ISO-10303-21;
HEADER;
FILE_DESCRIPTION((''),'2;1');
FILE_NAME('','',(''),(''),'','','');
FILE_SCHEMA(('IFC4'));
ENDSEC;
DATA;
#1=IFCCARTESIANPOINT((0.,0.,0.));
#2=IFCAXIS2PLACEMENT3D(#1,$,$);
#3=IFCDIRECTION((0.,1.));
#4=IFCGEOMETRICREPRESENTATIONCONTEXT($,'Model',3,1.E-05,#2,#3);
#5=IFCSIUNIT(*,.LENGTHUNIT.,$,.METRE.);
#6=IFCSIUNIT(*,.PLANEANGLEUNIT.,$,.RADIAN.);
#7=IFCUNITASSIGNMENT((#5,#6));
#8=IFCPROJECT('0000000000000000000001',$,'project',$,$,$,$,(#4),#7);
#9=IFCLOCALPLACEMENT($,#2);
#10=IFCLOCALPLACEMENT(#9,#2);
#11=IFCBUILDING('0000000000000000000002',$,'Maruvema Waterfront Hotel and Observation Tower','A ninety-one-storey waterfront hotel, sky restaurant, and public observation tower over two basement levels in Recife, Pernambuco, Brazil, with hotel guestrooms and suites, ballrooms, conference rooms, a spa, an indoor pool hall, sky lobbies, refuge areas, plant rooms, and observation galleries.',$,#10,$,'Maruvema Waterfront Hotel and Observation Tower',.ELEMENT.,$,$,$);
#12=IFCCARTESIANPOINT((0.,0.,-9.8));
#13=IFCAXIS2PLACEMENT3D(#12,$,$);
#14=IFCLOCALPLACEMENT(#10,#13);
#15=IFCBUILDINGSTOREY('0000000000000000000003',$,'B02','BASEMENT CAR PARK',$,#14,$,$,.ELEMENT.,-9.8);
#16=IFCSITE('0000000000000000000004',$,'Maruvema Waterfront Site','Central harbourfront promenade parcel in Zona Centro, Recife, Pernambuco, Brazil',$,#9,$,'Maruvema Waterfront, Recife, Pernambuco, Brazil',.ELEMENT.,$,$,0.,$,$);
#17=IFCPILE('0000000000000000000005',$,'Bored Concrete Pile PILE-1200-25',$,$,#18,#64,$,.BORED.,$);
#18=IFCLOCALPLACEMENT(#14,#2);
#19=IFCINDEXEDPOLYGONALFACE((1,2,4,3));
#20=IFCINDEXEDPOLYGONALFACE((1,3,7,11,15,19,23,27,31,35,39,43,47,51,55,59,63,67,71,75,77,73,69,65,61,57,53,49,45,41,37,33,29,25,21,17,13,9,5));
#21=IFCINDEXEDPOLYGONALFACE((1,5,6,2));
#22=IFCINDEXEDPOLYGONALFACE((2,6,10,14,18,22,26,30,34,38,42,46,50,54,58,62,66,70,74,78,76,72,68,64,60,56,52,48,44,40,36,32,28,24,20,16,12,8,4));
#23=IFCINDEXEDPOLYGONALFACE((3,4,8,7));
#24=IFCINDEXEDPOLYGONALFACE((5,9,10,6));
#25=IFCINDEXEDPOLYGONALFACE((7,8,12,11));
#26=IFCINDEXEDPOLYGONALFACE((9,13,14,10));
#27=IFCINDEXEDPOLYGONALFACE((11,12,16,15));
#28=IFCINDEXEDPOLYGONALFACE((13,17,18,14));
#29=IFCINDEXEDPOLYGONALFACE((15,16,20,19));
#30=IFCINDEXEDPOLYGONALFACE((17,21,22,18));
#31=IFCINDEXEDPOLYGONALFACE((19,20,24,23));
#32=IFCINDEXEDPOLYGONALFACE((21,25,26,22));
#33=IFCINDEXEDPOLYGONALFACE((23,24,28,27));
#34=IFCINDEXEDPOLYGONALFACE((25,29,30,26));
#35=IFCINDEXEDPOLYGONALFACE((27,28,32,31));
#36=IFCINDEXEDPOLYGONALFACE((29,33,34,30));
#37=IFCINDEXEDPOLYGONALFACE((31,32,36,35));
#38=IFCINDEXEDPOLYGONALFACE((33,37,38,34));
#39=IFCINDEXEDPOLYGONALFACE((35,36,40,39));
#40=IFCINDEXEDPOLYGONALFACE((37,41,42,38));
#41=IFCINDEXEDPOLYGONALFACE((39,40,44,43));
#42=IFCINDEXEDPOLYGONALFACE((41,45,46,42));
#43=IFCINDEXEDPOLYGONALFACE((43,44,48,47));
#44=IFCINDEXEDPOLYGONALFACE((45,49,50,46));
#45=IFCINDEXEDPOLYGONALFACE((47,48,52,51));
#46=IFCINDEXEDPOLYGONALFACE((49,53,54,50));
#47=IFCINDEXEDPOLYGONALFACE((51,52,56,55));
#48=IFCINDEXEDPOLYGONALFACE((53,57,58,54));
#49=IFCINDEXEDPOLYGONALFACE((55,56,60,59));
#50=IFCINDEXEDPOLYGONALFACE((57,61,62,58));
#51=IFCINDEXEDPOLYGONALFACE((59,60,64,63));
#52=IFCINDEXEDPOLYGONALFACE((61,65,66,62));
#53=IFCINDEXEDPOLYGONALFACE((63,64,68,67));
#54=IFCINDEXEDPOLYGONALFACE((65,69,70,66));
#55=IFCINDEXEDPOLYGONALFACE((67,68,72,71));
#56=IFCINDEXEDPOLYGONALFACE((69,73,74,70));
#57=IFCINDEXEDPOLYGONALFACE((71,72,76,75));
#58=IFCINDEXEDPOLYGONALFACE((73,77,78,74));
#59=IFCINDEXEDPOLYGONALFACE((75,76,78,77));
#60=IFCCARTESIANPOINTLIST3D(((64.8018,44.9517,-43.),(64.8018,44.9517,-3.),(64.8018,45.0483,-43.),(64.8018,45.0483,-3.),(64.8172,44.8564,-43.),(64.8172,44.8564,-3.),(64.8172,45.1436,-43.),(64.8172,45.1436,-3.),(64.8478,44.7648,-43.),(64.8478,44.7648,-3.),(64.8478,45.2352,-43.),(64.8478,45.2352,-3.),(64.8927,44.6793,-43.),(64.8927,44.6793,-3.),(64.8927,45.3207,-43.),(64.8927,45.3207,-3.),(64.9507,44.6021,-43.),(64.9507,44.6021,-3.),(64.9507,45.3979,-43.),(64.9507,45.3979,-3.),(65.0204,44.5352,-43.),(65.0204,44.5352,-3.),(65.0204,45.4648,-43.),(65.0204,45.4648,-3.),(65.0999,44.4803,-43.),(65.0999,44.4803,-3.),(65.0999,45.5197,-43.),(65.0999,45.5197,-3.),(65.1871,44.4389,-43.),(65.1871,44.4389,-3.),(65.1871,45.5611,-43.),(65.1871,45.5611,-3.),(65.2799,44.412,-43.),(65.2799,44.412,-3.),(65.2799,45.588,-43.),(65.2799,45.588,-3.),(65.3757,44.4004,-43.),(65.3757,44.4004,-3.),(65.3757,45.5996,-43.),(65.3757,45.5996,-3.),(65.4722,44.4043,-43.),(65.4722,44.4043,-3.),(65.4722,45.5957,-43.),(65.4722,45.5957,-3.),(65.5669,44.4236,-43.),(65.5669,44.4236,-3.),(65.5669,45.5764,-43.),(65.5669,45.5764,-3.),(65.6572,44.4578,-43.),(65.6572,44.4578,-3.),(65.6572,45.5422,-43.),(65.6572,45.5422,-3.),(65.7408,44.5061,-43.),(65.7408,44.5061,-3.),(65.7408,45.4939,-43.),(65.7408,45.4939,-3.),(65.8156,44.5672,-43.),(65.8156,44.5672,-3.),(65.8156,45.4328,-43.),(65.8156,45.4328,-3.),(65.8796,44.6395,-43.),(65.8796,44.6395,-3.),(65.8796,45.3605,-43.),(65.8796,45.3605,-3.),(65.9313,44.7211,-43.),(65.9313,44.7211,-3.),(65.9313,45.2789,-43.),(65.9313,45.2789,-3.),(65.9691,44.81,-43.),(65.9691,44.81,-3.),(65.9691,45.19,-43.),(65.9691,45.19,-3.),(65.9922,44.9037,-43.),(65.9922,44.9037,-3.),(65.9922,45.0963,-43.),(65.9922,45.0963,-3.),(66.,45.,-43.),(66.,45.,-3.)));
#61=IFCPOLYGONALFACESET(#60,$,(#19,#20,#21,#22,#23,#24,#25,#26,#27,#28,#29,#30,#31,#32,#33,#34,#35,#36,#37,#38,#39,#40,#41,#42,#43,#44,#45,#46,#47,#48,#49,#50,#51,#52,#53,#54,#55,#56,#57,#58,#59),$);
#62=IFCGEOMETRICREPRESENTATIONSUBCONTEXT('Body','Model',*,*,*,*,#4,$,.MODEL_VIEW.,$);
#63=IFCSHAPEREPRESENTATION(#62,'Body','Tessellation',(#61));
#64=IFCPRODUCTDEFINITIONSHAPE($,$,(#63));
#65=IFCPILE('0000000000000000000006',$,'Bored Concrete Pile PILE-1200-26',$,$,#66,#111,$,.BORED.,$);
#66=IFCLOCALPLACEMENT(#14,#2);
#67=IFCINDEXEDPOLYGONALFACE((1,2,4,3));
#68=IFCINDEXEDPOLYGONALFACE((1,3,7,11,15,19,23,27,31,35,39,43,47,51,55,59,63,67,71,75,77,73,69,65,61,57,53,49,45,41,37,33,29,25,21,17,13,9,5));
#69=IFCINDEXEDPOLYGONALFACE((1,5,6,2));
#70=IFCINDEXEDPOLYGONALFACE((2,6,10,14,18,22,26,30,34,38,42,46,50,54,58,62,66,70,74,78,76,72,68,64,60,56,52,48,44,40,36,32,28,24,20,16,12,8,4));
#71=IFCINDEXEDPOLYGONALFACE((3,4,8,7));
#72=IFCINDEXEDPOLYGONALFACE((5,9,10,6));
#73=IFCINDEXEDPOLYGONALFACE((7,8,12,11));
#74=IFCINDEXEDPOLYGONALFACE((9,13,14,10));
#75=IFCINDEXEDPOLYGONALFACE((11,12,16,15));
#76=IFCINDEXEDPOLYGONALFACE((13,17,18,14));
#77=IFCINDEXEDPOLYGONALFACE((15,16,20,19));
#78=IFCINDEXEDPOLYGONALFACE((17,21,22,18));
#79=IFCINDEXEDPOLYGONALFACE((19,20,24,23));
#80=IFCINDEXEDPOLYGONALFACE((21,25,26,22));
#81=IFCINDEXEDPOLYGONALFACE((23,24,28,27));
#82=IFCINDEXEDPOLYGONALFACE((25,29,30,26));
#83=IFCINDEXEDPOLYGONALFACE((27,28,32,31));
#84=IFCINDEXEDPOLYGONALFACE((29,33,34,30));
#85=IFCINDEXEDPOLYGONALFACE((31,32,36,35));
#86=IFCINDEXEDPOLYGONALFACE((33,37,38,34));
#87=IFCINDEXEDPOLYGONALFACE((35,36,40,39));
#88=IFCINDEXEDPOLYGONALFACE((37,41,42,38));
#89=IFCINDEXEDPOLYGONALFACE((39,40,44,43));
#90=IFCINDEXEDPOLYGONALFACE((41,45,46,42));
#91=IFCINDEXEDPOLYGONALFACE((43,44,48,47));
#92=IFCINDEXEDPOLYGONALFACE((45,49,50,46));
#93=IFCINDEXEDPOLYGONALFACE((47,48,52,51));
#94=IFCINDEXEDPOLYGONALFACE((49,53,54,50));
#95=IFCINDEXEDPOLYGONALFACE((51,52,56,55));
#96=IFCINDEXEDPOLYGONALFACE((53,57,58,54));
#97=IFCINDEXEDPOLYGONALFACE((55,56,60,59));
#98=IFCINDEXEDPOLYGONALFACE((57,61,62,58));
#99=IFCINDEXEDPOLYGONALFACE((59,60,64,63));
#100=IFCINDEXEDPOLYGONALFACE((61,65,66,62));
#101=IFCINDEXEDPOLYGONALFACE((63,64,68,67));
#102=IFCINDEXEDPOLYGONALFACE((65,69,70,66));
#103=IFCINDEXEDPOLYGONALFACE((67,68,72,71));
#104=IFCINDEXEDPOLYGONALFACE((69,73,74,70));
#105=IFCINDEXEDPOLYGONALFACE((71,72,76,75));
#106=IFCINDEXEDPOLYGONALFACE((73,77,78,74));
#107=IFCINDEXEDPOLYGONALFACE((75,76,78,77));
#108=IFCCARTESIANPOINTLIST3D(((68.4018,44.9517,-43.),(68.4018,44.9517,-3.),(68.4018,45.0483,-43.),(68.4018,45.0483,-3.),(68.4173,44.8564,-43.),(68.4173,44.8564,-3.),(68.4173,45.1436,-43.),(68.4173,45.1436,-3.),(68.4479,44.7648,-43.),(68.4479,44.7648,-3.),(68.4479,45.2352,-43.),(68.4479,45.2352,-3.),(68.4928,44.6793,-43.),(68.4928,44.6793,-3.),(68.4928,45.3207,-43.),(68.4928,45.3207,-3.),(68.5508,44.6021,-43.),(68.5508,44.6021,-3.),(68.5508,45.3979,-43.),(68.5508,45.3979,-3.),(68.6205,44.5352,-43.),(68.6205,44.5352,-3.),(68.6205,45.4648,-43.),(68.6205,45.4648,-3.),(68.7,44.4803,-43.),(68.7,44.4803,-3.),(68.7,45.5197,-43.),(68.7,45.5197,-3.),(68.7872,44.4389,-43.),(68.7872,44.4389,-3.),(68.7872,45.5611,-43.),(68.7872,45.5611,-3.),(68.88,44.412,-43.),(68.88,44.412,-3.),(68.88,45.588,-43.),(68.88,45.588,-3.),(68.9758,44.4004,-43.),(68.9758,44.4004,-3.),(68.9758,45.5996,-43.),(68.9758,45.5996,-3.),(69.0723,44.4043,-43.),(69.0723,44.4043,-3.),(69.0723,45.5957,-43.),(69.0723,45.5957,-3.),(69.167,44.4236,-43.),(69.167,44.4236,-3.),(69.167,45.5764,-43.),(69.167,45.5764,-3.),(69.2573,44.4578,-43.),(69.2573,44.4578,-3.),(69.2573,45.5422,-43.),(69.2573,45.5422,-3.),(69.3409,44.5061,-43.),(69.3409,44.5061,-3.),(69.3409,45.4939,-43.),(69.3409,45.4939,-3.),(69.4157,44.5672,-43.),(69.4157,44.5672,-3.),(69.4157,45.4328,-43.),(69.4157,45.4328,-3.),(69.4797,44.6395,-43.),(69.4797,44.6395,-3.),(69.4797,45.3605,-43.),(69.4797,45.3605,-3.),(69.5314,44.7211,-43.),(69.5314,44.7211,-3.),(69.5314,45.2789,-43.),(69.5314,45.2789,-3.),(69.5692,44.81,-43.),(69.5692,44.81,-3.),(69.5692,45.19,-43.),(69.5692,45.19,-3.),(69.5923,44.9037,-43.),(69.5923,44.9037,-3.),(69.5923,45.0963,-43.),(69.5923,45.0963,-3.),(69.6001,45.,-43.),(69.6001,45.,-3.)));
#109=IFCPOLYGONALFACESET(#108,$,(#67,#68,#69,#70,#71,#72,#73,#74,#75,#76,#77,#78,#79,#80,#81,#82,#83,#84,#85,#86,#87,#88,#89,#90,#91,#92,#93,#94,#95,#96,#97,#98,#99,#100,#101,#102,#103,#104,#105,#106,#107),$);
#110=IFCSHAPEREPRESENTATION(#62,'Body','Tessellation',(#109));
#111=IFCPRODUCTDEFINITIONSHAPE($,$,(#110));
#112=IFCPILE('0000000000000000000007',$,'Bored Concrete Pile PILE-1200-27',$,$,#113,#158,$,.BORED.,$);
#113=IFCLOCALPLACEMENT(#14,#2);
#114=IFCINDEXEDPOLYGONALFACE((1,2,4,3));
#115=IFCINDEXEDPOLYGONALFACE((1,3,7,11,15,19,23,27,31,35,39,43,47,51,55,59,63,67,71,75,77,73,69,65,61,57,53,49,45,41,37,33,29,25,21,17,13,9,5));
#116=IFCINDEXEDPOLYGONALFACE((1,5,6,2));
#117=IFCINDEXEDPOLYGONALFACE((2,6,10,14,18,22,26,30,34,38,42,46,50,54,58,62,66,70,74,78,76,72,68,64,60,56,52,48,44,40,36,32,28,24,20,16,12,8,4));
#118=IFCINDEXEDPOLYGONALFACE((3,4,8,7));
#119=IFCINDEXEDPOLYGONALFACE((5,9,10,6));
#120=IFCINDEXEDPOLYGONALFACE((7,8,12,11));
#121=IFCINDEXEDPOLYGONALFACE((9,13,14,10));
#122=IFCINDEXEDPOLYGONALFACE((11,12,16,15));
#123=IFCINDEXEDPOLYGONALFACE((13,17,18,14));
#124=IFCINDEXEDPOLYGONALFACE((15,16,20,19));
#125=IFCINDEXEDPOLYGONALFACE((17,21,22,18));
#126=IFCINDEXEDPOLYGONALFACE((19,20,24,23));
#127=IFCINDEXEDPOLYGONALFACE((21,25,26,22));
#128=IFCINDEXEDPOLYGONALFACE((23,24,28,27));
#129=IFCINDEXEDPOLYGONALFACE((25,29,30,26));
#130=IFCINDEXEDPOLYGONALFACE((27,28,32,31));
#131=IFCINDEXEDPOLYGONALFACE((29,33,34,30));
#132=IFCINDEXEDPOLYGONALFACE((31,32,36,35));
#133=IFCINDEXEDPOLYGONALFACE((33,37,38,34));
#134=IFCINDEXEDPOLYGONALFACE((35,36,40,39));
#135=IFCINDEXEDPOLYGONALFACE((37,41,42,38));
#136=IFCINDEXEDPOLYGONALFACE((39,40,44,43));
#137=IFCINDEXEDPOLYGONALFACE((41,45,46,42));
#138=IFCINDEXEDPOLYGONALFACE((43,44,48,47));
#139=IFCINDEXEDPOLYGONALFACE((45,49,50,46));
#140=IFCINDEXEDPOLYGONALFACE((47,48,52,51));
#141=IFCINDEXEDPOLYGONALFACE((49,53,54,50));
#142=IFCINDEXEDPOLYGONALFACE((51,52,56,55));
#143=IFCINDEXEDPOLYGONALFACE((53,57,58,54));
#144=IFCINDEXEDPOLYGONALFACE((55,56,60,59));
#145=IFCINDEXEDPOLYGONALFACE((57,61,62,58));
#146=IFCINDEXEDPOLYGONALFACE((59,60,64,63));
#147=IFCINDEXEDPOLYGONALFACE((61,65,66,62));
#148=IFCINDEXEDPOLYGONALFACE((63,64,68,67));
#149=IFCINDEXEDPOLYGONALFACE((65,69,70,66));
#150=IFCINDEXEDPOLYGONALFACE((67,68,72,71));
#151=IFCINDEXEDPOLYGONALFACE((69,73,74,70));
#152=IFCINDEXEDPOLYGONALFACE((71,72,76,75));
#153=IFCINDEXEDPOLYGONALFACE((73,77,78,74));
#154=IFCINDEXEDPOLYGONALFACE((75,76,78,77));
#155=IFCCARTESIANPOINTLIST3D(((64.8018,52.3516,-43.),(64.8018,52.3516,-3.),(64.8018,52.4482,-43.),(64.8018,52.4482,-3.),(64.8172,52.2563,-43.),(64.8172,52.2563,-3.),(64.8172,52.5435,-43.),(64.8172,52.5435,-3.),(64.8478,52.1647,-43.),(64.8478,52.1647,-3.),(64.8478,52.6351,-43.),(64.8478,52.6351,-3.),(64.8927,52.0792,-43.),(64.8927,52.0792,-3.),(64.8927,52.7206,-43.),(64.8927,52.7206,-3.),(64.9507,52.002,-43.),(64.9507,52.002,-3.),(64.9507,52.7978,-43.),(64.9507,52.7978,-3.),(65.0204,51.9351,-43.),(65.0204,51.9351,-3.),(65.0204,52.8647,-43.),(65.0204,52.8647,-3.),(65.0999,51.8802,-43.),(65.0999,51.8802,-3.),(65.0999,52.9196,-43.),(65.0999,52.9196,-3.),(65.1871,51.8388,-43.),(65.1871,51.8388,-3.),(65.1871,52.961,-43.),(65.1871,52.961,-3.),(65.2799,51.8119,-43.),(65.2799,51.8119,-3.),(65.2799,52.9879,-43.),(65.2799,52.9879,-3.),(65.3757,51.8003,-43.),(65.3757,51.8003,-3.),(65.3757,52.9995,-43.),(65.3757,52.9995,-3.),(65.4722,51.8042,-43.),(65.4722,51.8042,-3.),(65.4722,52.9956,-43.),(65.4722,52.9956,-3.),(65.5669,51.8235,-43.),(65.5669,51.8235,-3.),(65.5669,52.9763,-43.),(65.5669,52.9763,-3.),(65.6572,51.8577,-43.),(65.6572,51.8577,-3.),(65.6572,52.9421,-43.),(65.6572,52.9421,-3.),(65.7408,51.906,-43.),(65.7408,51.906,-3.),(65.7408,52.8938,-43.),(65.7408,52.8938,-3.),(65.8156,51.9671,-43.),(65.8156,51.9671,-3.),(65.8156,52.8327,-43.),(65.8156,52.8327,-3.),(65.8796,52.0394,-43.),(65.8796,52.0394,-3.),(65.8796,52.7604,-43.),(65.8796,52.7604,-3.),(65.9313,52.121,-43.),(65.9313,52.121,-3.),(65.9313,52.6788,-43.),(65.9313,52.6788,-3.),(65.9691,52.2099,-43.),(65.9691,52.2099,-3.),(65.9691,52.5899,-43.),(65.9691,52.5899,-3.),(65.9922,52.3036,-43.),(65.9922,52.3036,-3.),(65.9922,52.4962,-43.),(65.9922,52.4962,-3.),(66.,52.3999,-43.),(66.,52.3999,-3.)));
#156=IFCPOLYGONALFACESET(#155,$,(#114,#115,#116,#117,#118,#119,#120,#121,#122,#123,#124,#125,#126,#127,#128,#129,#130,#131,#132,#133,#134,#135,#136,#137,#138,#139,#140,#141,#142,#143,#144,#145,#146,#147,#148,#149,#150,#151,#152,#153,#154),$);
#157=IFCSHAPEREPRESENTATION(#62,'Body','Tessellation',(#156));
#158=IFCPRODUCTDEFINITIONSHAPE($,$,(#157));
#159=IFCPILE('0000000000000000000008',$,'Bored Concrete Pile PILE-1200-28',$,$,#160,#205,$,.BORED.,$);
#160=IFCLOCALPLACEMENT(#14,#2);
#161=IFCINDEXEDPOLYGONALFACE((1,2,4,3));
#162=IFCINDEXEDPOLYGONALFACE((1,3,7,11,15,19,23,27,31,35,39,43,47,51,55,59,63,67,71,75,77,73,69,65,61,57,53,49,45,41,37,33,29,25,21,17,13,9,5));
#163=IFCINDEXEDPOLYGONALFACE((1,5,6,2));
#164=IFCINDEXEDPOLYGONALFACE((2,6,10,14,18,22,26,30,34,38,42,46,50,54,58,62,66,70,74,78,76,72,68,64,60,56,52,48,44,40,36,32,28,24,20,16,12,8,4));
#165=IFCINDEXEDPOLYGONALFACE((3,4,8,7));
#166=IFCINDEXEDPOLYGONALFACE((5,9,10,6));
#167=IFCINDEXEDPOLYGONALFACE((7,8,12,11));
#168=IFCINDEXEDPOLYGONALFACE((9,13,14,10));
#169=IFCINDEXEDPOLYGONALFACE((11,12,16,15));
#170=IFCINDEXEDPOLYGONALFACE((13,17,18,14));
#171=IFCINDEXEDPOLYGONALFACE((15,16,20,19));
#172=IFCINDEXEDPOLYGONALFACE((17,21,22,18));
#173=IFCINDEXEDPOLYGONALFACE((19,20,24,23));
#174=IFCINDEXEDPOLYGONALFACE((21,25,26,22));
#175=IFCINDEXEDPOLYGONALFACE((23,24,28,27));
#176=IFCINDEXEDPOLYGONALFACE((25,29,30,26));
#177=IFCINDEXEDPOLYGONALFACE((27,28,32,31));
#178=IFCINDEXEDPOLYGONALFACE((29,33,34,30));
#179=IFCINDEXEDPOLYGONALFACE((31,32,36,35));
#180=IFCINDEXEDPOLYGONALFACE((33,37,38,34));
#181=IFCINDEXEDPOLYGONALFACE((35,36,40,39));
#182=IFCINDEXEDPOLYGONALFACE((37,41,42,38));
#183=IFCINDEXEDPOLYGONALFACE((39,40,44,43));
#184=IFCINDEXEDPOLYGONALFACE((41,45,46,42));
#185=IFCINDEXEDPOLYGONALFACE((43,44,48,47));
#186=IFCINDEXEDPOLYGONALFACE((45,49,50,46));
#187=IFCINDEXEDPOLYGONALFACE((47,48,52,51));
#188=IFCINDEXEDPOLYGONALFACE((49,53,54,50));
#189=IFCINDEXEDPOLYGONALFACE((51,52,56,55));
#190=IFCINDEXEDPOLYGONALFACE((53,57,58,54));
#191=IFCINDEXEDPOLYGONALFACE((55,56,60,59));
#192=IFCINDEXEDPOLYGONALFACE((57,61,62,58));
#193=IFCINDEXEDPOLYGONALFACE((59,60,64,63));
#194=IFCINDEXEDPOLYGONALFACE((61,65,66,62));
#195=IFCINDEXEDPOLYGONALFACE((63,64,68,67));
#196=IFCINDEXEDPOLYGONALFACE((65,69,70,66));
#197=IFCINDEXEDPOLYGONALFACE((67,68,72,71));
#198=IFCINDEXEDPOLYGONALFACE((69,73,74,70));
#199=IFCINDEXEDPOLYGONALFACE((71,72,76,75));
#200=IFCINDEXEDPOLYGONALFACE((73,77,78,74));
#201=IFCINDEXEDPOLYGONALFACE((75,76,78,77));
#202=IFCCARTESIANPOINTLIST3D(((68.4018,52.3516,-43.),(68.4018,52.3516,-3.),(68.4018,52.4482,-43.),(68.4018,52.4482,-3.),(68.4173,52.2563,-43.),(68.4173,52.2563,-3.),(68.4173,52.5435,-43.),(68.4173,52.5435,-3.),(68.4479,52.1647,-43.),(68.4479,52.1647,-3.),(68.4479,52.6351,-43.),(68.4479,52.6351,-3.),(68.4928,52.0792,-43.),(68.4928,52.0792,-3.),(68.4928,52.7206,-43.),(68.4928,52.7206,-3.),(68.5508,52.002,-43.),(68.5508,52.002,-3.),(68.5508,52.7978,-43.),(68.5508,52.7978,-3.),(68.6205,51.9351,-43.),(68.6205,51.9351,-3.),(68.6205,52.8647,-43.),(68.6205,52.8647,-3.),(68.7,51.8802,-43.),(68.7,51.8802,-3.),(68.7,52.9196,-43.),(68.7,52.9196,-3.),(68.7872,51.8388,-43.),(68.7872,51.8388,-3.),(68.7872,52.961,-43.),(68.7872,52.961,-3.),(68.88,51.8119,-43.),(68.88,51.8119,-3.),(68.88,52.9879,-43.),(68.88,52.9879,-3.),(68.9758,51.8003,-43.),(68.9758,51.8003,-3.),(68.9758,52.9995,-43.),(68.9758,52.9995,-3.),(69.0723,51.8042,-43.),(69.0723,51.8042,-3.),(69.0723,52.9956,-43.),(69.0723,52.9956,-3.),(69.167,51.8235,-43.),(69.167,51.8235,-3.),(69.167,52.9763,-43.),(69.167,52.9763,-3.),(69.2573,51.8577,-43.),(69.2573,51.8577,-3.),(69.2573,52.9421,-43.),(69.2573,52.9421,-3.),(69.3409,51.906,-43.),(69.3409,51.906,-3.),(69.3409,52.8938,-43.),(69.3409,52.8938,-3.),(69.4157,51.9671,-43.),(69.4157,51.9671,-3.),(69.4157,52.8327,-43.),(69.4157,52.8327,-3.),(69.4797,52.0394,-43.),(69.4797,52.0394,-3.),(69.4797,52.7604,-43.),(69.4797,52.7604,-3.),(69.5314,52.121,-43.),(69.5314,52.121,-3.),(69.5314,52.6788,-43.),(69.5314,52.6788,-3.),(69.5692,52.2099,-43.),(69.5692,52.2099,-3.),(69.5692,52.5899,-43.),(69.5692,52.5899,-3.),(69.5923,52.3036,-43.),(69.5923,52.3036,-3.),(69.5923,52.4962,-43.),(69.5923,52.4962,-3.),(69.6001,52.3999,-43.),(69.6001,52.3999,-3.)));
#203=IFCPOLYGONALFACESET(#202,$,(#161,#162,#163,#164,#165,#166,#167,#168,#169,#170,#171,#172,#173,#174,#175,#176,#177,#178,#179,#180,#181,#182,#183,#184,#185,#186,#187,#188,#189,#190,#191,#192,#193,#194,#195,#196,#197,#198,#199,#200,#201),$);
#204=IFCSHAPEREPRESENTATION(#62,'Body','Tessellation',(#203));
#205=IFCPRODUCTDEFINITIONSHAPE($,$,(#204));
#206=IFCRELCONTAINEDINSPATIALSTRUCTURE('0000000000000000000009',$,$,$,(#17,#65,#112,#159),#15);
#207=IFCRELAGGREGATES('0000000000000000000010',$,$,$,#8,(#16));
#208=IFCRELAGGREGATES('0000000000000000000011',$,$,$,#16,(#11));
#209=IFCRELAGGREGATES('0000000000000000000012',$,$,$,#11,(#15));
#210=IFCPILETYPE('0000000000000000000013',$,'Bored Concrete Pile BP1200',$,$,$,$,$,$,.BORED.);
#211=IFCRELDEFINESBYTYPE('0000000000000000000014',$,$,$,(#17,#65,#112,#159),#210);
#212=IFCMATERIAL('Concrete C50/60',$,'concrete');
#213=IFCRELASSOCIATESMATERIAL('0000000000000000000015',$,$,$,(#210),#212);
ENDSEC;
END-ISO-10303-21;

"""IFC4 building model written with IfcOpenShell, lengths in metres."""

from ifc_helpers import new_model, si_unit, direction, frame, origin, origin_2d, place, context, subcontext, project, spatial, circle, extrude, material, material_profile, profile_set, type_object, element, save


model = new_model("IFC4")

# Units and contexts
model_context = context("Model", 3, precision=1e-05, world=origin(), true_north=direction((0.0, 1.0)))
body_context = subcontext(model_context, "Body", "Model", "MODEL_VIEW")
ifc_project = project(units=[si_unit("LENGTHUNIT", "METRE"), si_unit("PLANEANGLEUNIT", "RADIAN")], contexts=[model_context])

# Site, building, storey
site_placement = place(None, origin())
site = spatial("IfcSite", under=ifc_project, at=site_placement, Name="Maruvema Waterfront Site", Description="Central harbourfront promenade parcel in Zona Centro, Recife, Pernambuco, Brazil", LongName="Maruvema Waterfront, Recife, Pernambuco, Brazil", CompositionType="ELEMENT", RefElevation=0.0)
building_placement = place(site_placement, origin())
building = spatial("IfcBuilding", under=site, at=building_placement, Name="Maruvema Waterfront Hotel and Observation Tower", Description="A ninety-one-storey waterfront hotel, sky restaurant, and public observation tower over two basement levels in Recife, Pernambuco, Brazil, with hotel guestrooms and suites, ballrooms, conference rooms, a spa, an indoor pool hall, sky lobbies, refuge areas, plant rooms, and observation galleries.", LongName="Maruvema Waterfront Hotel and Observation Tower", CompositionType="ELEMENT")
storey_placement = place(building_placement, frame((0.0, 0.0, -9.8)))
storey = spatial("IfcBuildingStorey", under=building, at=storey_placement, Name="B02", Description="BASEMENT CAR PARK", CompositionType="ELEMENT", Elevation=-9.8)

# Piles
ifc_material_1 = material(Name="Concrete C50/60", Category="concrete")
ifc_material_profile_1 = material_profile(ifc_material_1, circle(Radius=0.6001, at=origin_2d()), Name="BP1200")
ifc_profile_set_1 = profile_set([ifc_material_profile_1], Name="Concrete C50/60")
pile_type = type_object("IfcPileType", Name="Bored Concrete Pile BP1200", PredefinedType="BORED", material=ifc_profile_set_1)
for number, where, z_axis, x_axis, name in (
    (1, (65.3999, 45.0, -3.0), (0.0, 0.0, -1.0), (1.0, 0.0, 0.0), "Bored Concrete Pile PILE-1200-25"),
    (2, (69.0, 45.0, -3.0), (0.0, 0.0, -1.0), (1.0, 0.0, 0.0), "Bored Concrete Pile PILE-1200-26"),
    (3, (65.3999, 52.3999, -3.0), (0.0, 0.0, -1.0), (1.0, 0.0, 0.0), "Bored Concrete Pile PILE-1200-27"),
    (4, (69.0, 52.3999, -3.0), (0.0, 0.0, -1.0), (1.0, 0.0, 0.0), "Bored Concrete Pile PILE-1200-28"),
):
    element("IfcPile", number, at=place(storey_placement, frame(where, z_axis=z_axis, x_axis=x_axis)), inside=storey, type_object=pile_type, Name=name, PredefinedType="BORED", context=body_context, shape_type="SweptSolid", body=[
        extrude(circle(Radius=0.6001, at=origin_2d()), origin(), (0.0, 0.0, 1.0), 40.0),
    ])

save(model, "model.ifc")
